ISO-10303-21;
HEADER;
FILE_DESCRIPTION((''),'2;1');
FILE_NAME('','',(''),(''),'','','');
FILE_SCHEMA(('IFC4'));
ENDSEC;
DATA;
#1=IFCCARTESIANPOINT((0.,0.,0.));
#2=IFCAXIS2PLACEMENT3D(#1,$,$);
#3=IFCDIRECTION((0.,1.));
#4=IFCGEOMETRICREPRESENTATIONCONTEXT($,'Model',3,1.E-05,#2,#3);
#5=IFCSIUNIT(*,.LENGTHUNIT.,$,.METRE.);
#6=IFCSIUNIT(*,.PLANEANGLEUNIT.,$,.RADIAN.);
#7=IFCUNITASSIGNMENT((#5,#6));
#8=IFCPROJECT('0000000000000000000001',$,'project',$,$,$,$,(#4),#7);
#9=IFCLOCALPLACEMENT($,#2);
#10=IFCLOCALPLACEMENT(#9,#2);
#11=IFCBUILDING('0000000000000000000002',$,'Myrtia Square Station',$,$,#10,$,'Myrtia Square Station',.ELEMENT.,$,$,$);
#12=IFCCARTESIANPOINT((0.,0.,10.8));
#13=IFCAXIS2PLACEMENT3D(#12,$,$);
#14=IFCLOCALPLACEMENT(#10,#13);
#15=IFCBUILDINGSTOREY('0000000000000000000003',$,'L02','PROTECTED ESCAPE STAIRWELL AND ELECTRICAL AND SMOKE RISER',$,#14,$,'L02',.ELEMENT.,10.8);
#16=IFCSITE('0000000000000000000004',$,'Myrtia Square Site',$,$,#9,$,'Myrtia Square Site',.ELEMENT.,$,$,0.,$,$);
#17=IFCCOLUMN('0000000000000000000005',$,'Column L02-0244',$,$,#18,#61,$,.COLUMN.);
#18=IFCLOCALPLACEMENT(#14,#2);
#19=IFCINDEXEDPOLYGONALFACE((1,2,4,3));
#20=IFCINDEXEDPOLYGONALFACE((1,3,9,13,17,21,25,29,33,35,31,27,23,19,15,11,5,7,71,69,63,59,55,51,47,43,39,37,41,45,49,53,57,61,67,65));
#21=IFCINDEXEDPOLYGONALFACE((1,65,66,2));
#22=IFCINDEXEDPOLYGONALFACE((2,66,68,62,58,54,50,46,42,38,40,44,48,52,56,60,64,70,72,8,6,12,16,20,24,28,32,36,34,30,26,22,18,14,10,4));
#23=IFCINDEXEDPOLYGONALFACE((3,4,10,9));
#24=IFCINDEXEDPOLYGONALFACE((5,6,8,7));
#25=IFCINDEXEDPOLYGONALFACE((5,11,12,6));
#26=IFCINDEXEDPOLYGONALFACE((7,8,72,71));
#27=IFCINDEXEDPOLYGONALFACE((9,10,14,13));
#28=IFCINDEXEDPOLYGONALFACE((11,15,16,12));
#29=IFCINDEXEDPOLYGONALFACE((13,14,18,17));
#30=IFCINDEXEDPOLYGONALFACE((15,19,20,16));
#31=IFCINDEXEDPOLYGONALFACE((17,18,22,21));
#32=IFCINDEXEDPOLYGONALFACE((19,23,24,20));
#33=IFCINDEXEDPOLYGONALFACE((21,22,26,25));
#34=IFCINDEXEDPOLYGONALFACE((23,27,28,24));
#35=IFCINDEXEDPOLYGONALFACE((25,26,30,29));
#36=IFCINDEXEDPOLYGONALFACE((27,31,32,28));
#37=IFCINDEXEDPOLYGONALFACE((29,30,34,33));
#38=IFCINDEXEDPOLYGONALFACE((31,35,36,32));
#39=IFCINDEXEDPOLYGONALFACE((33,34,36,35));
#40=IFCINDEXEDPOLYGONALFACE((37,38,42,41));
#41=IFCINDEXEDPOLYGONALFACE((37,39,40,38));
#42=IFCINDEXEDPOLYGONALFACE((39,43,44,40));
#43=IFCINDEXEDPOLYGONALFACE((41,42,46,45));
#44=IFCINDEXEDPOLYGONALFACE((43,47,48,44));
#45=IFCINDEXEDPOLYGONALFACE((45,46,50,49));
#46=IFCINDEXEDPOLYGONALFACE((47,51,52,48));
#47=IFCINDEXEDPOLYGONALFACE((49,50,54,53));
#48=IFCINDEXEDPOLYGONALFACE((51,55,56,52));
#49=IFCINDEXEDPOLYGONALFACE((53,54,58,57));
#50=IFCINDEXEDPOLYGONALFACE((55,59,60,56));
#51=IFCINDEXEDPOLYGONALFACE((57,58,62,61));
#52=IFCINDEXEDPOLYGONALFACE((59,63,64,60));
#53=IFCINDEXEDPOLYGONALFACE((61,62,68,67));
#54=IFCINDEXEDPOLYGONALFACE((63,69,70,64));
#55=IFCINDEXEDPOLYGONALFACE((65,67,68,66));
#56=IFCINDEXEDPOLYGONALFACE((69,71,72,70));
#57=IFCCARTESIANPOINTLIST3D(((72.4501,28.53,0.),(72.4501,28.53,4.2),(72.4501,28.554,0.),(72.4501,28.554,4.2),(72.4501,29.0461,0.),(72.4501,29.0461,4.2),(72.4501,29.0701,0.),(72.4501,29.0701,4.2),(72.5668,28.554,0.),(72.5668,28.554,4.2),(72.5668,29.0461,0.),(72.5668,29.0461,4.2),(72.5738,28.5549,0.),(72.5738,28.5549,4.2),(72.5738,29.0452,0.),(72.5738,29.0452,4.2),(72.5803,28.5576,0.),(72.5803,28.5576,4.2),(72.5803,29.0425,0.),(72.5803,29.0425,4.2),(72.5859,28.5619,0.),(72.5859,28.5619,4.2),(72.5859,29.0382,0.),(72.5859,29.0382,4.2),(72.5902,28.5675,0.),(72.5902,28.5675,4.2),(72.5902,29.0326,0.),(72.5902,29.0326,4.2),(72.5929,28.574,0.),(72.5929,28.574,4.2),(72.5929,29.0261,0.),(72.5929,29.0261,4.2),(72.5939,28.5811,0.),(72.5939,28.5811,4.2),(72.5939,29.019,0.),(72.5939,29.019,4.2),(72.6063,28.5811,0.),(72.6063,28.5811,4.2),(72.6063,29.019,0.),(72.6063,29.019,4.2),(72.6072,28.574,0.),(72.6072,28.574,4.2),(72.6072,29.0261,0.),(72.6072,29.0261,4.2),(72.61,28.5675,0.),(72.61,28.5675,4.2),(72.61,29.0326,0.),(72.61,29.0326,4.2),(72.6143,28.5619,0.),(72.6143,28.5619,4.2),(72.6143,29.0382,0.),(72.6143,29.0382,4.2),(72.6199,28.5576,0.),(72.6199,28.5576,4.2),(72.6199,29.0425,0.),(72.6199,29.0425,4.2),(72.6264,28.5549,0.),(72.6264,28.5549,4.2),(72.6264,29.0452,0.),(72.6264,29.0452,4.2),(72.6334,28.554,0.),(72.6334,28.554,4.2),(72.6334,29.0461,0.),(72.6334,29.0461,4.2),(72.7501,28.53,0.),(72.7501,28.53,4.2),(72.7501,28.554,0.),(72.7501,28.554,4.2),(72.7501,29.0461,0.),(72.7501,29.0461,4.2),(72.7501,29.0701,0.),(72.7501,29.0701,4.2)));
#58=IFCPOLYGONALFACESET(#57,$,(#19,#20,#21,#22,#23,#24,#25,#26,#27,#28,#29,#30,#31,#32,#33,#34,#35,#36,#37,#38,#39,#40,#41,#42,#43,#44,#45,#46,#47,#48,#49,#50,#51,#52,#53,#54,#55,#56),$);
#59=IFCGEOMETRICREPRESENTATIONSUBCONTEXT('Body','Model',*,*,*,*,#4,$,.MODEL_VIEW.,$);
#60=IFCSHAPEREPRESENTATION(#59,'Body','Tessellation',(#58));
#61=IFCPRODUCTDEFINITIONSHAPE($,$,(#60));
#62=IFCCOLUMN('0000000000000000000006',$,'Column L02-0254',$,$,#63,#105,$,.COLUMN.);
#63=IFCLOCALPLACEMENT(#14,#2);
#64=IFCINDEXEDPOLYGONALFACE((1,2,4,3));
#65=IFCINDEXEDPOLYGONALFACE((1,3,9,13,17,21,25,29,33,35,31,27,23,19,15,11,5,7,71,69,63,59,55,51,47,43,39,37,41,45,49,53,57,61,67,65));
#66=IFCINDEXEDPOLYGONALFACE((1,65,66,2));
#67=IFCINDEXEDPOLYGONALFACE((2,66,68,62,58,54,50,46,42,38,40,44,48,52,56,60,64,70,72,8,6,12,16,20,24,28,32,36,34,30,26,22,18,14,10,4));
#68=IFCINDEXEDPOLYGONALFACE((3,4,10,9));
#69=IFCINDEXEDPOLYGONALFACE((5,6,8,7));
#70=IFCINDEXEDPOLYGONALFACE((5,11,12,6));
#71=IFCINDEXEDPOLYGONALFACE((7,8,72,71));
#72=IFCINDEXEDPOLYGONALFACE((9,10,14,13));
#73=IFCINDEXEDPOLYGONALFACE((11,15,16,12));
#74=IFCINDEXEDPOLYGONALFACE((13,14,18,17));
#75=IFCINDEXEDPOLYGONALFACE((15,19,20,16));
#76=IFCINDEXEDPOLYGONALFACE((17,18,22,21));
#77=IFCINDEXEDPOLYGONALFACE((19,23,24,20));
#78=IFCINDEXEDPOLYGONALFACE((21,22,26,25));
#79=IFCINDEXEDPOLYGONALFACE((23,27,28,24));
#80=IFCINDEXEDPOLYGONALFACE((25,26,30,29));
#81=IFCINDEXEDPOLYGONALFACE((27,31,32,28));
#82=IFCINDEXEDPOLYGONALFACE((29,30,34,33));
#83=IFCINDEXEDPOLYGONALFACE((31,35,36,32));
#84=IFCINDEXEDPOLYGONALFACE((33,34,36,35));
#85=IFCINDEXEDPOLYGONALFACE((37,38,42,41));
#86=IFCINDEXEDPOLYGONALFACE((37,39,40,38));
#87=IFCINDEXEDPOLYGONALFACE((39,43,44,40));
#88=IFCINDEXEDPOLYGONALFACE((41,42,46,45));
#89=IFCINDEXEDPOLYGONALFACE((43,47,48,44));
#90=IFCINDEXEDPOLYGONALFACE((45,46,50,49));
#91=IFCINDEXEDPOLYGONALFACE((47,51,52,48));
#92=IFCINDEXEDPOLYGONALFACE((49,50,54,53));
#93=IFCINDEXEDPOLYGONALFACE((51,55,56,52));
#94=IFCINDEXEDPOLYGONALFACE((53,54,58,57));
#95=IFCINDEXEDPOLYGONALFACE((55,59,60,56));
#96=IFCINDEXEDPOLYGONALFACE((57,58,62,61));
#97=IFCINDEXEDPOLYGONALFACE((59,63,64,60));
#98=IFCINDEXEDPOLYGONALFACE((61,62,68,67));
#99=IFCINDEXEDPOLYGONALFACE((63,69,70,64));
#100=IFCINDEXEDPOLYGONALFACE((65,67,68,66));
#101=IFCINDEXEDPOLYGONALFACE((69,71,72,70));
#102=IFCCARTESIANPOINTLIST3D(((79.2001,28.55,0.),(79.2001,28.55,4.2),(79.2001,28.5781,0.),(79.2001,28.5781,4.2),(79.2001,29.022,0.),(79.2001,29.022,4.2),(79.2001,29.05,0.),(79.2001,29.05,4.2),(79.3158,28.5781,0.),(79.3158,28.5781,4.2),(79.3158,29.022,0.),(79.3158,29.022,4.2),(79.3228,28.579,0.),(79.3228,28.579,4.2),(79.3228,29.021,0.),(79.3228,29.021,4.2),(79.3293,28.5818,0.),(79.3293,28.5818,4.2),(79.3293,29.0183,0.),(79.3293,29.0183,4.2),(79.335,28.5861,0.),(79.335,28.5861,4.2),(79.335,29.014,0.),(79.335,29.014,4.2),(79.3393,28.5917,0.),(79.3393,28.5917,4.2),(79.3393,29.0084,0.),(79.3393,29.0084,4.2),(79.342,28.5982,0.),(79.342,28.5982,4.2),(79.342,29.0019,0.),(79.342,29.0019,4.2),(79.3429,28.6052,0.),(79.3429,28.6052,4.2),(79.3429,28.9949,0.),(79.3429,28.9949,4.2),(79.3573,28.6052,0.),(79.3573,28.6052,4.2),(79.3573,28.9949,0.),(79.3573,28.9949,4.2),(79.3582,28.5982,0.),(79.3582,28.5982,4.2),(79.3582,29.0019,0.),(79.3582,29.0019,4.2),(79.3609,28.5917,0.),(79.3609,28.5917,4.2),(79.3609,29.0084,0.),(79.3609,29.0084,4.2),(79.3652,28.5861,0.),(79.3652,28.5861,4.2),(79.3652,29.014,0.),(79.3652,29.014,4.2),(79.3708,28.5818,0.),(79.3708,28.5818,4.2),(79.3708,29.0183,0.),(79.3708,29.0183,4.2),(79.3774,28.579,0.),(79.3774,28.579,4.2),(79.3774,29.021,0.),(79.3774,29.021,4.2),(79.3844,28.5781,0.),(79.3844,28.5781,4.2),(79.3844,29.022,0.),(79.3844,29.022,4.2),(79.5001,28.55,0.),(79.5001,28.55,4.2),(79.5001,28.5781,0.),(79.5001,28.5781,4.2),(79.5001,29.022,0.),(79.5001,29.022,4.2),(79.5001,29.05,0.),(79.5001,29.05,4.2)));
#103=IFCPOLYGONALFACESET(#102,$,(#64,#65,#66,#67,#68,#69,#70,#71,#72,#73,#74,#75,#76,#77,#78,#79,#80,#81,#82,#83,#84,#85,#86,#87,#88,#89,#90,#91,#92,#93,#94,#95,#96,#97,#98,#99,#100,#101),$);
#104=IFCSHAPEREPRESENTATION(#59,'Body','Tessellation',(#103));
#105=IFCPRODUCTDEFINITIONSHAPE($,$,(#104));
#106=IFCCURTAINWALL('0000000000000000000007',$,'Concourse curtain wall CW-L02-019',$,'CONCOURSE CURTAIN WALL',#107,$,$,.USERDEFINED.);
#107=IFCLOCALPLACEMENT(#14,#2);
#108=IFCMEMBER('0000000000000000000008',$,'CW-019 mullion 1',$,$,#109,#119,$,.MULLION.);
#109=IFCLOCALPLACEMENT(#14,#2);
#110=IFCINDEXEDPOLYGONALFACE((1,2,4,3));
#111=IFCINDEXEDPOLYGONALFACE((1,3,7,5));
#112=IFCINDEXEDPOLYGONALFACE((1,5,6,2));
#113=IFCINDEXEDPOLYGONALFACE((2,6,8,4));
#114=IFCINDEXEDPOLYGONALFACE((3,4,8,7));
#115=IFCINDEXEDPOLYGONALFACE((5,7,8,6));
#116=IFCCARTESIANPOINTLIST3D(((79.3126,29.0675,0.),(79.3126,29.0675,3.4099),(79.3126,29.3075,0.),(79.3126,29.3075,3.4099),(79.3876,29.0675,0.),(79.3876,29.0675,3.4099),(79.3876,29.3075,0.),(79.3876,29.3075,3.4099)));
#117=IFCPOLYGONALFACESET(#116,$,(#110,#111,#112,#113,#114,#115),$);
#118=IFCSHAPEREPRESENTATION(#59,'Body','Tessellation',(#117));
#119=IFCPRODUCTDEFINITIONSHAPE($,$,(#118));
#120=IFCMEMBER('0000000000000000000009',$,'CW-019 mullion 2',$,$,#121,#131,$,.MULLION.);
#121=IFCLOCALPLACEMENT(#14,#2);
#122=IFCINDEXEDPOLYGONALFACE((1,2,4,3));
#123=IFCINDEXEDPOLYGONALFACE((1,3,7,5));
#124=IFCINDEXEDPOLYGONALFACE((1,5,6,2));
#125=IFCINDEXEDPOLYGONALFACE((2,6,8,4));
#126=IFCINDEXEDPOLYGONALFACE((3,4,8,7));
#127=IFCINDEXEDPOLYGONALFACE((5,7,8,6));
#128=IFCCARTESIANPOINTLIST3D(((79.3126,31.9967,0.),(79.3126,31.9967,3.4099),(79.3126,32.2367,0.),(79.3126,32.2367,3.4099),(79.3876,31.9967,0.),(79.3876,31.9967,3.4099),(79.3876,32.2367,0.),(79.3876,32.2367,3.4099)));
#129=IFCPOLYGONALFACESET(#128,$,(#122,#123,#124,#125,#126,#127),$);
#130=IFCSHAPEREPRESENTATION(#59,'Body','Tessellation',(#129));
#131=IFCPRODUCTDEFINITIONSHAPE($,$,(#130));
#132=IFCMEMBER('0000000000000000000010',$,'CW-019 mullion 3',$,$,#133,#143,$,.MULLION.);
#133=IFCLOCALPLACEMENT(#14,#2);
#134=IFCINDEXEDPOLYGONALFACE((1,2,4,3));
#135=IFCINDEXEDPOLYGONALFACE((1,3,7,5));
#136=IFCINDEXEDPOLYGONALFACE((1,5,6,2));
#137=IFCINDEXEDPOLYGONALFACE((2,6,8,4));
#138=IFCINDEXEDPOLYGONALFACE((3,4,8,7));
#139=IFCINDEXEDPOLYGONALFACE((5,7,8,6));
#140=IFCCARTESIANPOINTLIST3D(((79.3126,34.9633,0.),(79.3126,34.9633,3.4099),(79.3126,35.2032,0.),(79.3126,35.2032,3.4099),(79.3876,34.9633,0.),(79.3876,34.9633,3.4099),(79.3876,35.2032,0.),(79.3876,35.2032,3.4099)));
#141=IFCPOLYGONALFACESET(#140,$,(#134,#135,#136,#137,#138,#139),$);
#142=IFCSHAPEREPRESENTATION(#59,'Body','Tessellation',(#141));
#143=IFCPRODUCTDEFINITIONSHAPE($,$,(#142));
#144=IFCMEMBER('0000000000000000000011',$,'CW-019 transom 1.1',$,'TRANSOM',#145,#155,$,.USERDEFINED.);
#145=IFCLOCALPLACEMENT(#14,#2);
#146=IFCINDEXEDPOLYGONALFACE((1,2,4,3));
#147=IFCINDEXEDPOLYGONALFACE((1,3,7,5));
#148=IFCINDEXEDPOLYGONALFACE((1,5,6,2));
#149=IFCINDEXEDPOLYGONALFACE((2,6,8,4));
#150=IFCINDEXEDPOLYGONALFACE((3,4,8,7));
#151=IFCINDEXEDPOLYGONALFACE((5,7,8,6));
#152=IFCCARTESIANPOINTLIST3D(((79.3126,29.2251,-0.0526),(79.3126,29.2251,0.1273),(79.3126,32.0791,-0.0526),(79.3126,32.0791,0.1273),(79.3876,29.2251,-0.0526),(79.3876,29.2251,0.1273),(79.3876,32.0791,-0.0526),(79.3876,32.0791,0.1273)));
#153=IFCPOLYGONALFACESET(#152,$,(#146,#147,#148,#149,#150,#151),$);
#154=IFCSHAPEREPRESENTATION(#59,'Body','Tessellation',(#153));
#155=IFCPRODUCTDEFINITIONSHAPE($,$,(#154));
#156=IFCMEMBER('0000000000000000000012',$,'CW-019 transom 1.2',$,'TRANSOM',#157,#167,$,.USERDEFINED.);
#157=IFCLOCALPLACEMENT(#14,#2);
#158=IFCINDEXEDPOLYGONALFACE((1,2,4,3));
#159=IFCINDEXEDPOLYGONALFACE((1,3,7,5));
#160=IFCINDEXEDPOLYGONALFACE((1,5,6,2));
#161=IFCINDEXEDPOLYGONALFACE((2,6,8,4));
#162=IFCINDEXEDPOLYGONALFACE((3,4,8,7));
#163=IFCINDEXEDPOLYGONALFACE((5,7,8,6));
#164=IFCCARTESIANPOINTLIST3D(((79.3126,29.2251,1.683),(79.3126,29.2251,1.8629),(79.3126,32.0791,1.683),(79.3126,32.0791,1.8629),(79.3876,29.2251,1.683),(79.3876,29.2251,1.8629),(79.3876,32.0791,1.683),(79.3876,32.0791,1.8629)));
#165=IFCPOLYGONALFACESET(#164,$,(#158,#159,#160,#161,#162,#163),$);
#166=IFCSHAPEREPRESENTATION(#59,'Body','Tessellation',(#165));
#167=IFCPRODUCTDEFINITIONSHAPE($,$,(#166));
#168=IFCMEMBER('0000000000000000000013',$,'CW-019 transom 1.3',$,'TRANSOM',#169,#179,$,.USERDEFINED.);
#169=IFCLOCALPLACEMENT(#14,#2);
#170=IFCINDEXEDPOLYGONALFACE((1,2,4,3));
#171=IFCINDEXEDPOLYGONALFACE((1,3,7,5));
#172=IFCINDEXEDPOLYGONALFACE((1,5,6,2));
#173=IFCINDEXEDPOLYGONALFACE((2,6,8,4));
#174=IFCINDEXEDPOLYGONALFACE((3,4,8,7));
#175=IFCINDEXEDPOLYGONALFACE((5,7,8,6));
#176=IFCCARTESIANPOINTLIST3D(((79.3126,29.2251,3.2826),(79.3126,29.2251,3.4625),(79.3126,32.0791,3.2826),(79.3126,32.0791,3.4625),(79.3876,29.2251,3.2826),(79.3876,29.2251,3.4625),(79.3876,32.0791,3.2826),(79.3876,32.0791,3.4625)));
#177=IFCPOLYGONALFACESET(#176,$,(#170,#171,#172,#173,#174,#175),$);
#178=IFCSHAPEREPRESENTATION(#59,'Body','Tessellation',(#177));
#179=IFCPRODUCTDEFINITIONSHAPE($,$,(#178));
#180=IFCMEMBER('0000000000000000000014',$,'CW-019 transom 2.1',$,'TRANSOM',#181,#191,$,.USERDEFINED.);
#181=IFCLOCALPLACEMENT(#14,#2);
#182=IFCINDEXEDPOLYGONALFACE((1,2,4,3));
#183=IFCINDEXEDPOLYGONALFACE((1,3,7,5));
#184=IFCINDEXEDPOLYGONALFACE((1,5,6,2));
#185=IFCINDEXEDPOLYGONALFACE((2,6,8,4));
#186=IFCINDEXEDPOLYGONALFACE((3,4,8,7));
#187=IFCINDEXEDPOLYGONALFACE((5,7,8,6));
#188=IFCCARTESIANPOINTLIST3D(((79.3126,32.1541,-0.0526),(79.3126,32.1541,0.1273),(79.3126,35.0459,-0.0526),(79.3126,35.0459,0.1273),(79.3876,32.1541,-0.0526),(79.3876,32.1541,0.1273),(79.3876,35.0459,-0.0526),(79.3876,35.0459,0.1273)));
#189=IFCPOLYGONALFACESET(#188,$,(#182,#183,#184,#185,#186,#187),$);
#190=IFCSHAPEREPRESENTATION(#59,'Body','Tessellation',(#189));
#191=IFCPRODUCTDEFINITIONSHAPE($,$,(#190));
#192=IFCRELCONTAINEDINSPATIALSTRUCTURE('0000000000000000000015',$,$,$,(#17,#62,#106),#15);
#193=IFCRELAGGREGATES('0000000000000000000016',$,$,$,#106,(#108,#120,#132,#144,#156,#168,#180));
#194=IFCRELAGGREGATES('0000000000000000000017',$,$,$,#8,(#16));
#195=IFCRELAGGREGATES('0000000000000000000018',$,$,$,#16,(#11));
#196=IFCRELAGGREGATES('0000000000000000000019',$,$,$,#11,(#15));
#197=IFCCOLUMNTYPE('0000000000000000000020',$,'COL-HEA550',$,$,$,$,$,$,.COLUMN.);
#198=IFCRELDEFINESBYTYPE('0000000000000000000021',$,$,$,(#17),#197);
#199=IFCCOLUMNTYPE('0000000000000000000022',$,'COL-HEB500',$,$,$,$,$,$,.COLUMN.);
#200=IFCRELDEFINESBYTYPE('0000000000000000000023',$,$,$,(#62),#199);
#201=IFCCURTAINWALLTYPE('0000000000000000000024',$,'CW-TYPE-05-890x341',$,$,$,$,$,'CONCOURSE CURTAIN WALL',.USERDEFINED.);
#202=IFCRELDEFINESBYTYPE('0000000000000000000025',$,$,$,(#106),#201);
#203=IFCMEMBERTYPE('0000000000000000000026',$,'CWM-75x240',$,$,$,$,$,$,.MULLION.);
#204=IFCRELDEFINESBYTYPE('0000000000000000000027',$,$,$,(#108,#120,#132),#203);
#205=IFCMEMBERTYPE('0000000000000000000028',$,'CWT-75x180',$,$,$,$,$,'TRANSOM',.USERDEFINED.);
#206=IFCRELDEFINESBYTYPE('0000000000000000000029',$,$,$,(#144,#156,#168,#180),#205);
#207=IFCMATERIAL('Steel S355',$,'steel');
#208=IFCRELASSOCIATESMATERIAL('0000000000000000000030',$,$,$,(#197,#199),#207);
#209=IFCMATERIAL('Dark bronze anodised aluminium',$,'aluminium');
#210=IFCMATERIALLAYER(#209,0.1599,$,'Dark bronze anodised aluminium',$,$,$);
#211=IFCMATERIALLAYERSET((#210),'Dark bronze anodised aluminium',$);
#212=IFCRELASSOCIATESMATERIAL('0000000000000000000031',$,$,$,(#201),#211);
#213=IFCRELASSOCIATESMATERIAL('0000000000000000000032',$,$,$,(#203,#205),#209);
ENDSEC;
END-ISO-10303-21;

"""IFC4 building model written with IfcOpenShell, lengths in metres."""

from ifc_helpers import new_model, si_unit, direction, frame, origin, origin_2d, place, context, subcontext, project, spatial, rectangle, i_section, extrude, material, layer, layer_set, material_profile, profile_set, type_object, element, aggregate, save


model = new_model("IFC4")

# Units and contexts
model_context = context("Model", 3, precision=1e-05, world=origin(), true_north=direction((0.0, 1.0)))
body_context = subcontext(model_context, "Body", "Model", "MODEL_VIEW")
ifc_project = project(units=[si_unit("LENGTHUNIT", "METRE"), si_unit("PLANEANGLEUNIT", "RADIAN")], contexts=[model_context])

# Site, building, storey
site_placement = place(None, origin())
site = spatial("IfcSite", under=ifc_project, at=site_placement, Name="Myrtia Square Site", LongName="Myrtia Square Site", CompositionType="ELEMENT", RefElevation=0.0)
building_placement = place(site_placement, origin())
building = spatial("IfcBuilding", under=site, at=building_placement, Name="Myrtia Square Station", LongName="Myrtia Square Station", CompositionType="ELEMENT")
storey_placement = place(building_placement, frame((0.0, 0.0, 10.8)))
storey = spatial("IfcBuildingStorey", under=building, at=storey_placement, Name="L02", Description="PROTECTED ESCAPE STAIRWELL AND ELECTRICAL AND SMOKE RISER", LongName="L02", CompositionType="ELEMENT", Elevation=10.8)

# Columns
ifc_material_1 = material(Name="Steel S355", Category="steel")
ifc_material_profile_1 = material_profile(ifc_material_1, i_section(OverallWidth=0.3, OverallDepth=0.54, WebThickness=0.0125, FlangeThickness=0.0239, FilletRadius=0.0271, at=origin_2d()), Name="HEA 550")
ifc_profile_set_1 = profile_set([ifc_material_profile_1], Name="Steel S355")
column_type_1 = type_object("IfcColumnType", Name="COL-HEA550", PredefinedType="COLUMN", material=ifc_profile_set_1)
column_1_placement = place(storey_placement, frame((72.6001, 28.8, 0.0), z_axis=(0.0, 0.0, 1.0), x_axis=(1.0, 0.0, 0.0)))
element("IfcColumn", 1, at=column_1_placement, inside=storey, type_object=column_type_1, Name="Column L02-0244", PredefinedType="COLUMN", context=body_context, shape_type="SweptSolid", body=[
    extrude(i_section(OverallWidth=0.3, OverallDepth=0.54, WebThickness=0.0125, FlangeThickness=0.0239, FilletRadius=0.0271, at=origin_2d()), origin(), (0.0, 0.0, 1.0), 4.2),
])
ifc_material_profile_2 = material_profile(ifc_material_1, i_section(OverallWidth=0.3, OverallDepth=0.5, WebThickness=0.0144, FlangeThickness=0.0281, FilletRadius=0.0271, at=origin_2d()), Name="HEB 500")
ifc_profile_set_2 = profile_set([ifc_material_profile_2], Name="Steel S355")
column_type_2 = type_object("IfcColumnType", Name="COL-HEB500", PredefinedType="COLUMN", material=ifc_profile_set_2)
column_2_placement = place(storey_placement, frame((79.3501, 28.8, 0.0), z_axis=(0.0, 0.0, 1.0), x_axis=(1.0, 0.0, 0.0)))
element("IfcColumn", 2, at=column_2_placement, inside=storey, type_object=column_type_2, Name="Column L02-0254", PredefinedType="COLUMN", context=body_context, shape_type="SweptSolid", body=[
    extrude(i_section(OverallWidth=0.3, OverallDepth=0.5, WebThickness=0.0144, FlangeThickness=0.0281, FilletRadius=0.0271, at=origin_2d()), origin(), (0.0, 0.0, 1.0), 4.2),
])

# Curtain wall, members
ifc_material_2 = material(Name="Dark bronze anodised aluminium", Category="aluminium")
ifc_layer_1 = layer(ifc_material_2, 0.1599, Name="Dark bronze anodised aluminium")
ifc_layer_set_1 = layer_set([ifc_layer_1], Name="Dark bronze anodised aluminium")
curtain_wall_type = type_object("IfcCurtainWallType", Name="CW-TYPE-05-890x341", ElementType="CONCOURSE CURTAIN WALL", PredefinedType="USERDEFINED", material=ifc_layer_set_1)
curtain_wall_placement = place(storey_placement, origin())
curtain_wall = element("IfcCurtainWall", 3, at=curtain_wall_placement, inside=storey, type_object=curtain_wall_type, Name="Concourse curtain wall CW-L02-019", ObjectType="CONCOURSE CURTAIN WALL", PredefinedType="USERDEFINED")
ifc_material_profile_3 = material_profile(ifc_material_2, rectangle(XDim=0.075, YDim=0.24, at=origin_2d()), Name="ALU-M 75x240")
ifc_profile_set_3 = profile_set([ifc_material_profile_3], Name="Dark bronze anodised aluminium")
member_type_1 = type_object("IfcMemberType", Name="CWM-75x240", PredefinedType="MULLION", material=ifc_profile_set_3)
member_1_placement = place(storey_placement, frame((79.3501, 29.1875, 0.0), z_axis=(0.0, 0.0, 1.0), x_axis=(-1.0, 0.0, 0.0)))
member_1 = element("IfcMember", 4, at=member_1_placement, type_object=member_type_1, Name="CW-019 mullion 1", PredefinedType="MULLION", context=body_context, shape_type="SweptSolid", body=[
    extrude(rectangle(XDim=0.075, YDim=0.24, at=origin_2d()), origin(), (0.0, 0.0, 1.0), 3.4099),
])
member_2_placement = place(storey_placement, frame((79.3501, 32.1167, 0.0), z_axis=(0.0, 0.0, 1.0), x_axis=(-1.0, 0.0, 0.0)))
member_2 = element("IfcMember", 5, at=member_2_placement, type_object=member_type_1, Name="CW-019 mullion 2", PredefinedType="MULLION", context=body_context, shape_type="SweptSolid", body=[
    extrude(rectangle(XDim=0.075, YDim=0.24, at=origin_2d()), origin(), (0.0, 0.0, 1.0), 3.4099),
])
member_3_placement = place(storey_placement, frame((79.3501, 35.0833, 0.0), z_axis=(0.0, 0.0, 1.0), x_axis=(-1.0, 0.0, 0.0)))
member_3 = element("IfcMember", 6, at=member_3_placement, type_object=member_type_1, Name="CW-019 mullion 3", PredefinedType="MULLION", context=body_context, shape_type="SweptSolid", body=[
    extrude(rectangle(XDim=0.075, YDim=0.24, at=origin_2d()), origin(), (0.0, 0.0, 1.0), 3.4099),
])
ifc_material_profile_4 = material_profile(ifc_material_2, rectangle(XDim=0.075, YDim=0.1799, at=origin_2d()), Name="ALU-T 75x180")
ifc_profile_set_4 = profile_set([ifc_material_profile_4], Name="Dark bronze anodised aluminium")
member_type_2 = type_object("IfcMemberType", Name="CWT-75x180", ElementType="TRANSOM", PredefinedType="USERDEFINED", material=ifc_profile_set_4)
member_4_placement = place(storey_placement, frame((79.3501, 29.2251, 0.0374), z_axis=(0.0, 1.0, 0.0), x_axis=(-1.0, 0.0, 0.0)))
member_4 = element("IfcMember", 7, at=member_4_placement, type_object=member_type_2, Name="CW-019 transom 1.1", ObjectType="TRANSOM", PredefinedType="USERDEFINED", context=body_context, shape_type="SweptSolid", body=[
    extrude(rectangle(XDim=0.075, YDim=0.1799, at=origin_2d()), origin(), (0.0, 0.0, 1.0), 2.854),
])
member_5_placement = place(storey_placement, frame((79.3501, 29.2251, 1.7729), z_axis=(0.0, 1.0, 0.0), x_axis=(-1.0, 0.0, 0.0)))
member_5 = element("IfcMember", 8, at=member_5_placement, type_object=member_type_2, Name="CW-019 transom 1.2", ObjectType="TRANSOM", PredefinedType="USERDEFINED", context=body_context, shape_type="SweptSolid", body=[
    extrude(rectangle(XDim=0.075, YDim=0.1799, at=origin_2d()), origin(), (0.0, 0.0, 1.0), 2.854),
])
member_6_placement = place(storey_placement, frame((79.3501, 29.2251, 3.3726), z_axis=(0.0, 1.0, 0.0), x_axis=(-1.0, 0.0, 0.0)))
member_6 = element("IfcMember", 9, at=member_6_placement, type_object=member_type_2, Name="CW-019 transom 1.3", ObjectType="TRANSOM", PredefinedType="USERDEFINED", context=body_context, shape_type="SweptSolid", body=[
    extrude(rectangle(XDim=0.075, YDim=0.1799, at=origin_2d()), origin(), (0.0, 0.0, 1.0), 2.854),
])
member_7_placement = place(storey_placement, frame((79.3501, 32.1541, 0.0374), z_axis=(0.0, 1.0, 0.0), x_axis=(-1.0, 0.0, 0.0)))
member_7 = element("IfcMember", 10, at=member_7_placement, type_object=member_type_2, Name="CW-019 transom 2.1", ObjectType="TRANSOM", PredefinedType="USERDEFINED", context=body_context, shape_type="SweptSolid", body=[
    extrude(rectangle(XDim=0.075, YDim=0.1799, at=origin_2d()), origin(), (0.0, 0.0, 1.0), 2.8918),
])

aggregate(curtain_wall, [member_1, member_2, member_3, member_4, member_5, member_6, member_7])

save(model, "model.ifc")
